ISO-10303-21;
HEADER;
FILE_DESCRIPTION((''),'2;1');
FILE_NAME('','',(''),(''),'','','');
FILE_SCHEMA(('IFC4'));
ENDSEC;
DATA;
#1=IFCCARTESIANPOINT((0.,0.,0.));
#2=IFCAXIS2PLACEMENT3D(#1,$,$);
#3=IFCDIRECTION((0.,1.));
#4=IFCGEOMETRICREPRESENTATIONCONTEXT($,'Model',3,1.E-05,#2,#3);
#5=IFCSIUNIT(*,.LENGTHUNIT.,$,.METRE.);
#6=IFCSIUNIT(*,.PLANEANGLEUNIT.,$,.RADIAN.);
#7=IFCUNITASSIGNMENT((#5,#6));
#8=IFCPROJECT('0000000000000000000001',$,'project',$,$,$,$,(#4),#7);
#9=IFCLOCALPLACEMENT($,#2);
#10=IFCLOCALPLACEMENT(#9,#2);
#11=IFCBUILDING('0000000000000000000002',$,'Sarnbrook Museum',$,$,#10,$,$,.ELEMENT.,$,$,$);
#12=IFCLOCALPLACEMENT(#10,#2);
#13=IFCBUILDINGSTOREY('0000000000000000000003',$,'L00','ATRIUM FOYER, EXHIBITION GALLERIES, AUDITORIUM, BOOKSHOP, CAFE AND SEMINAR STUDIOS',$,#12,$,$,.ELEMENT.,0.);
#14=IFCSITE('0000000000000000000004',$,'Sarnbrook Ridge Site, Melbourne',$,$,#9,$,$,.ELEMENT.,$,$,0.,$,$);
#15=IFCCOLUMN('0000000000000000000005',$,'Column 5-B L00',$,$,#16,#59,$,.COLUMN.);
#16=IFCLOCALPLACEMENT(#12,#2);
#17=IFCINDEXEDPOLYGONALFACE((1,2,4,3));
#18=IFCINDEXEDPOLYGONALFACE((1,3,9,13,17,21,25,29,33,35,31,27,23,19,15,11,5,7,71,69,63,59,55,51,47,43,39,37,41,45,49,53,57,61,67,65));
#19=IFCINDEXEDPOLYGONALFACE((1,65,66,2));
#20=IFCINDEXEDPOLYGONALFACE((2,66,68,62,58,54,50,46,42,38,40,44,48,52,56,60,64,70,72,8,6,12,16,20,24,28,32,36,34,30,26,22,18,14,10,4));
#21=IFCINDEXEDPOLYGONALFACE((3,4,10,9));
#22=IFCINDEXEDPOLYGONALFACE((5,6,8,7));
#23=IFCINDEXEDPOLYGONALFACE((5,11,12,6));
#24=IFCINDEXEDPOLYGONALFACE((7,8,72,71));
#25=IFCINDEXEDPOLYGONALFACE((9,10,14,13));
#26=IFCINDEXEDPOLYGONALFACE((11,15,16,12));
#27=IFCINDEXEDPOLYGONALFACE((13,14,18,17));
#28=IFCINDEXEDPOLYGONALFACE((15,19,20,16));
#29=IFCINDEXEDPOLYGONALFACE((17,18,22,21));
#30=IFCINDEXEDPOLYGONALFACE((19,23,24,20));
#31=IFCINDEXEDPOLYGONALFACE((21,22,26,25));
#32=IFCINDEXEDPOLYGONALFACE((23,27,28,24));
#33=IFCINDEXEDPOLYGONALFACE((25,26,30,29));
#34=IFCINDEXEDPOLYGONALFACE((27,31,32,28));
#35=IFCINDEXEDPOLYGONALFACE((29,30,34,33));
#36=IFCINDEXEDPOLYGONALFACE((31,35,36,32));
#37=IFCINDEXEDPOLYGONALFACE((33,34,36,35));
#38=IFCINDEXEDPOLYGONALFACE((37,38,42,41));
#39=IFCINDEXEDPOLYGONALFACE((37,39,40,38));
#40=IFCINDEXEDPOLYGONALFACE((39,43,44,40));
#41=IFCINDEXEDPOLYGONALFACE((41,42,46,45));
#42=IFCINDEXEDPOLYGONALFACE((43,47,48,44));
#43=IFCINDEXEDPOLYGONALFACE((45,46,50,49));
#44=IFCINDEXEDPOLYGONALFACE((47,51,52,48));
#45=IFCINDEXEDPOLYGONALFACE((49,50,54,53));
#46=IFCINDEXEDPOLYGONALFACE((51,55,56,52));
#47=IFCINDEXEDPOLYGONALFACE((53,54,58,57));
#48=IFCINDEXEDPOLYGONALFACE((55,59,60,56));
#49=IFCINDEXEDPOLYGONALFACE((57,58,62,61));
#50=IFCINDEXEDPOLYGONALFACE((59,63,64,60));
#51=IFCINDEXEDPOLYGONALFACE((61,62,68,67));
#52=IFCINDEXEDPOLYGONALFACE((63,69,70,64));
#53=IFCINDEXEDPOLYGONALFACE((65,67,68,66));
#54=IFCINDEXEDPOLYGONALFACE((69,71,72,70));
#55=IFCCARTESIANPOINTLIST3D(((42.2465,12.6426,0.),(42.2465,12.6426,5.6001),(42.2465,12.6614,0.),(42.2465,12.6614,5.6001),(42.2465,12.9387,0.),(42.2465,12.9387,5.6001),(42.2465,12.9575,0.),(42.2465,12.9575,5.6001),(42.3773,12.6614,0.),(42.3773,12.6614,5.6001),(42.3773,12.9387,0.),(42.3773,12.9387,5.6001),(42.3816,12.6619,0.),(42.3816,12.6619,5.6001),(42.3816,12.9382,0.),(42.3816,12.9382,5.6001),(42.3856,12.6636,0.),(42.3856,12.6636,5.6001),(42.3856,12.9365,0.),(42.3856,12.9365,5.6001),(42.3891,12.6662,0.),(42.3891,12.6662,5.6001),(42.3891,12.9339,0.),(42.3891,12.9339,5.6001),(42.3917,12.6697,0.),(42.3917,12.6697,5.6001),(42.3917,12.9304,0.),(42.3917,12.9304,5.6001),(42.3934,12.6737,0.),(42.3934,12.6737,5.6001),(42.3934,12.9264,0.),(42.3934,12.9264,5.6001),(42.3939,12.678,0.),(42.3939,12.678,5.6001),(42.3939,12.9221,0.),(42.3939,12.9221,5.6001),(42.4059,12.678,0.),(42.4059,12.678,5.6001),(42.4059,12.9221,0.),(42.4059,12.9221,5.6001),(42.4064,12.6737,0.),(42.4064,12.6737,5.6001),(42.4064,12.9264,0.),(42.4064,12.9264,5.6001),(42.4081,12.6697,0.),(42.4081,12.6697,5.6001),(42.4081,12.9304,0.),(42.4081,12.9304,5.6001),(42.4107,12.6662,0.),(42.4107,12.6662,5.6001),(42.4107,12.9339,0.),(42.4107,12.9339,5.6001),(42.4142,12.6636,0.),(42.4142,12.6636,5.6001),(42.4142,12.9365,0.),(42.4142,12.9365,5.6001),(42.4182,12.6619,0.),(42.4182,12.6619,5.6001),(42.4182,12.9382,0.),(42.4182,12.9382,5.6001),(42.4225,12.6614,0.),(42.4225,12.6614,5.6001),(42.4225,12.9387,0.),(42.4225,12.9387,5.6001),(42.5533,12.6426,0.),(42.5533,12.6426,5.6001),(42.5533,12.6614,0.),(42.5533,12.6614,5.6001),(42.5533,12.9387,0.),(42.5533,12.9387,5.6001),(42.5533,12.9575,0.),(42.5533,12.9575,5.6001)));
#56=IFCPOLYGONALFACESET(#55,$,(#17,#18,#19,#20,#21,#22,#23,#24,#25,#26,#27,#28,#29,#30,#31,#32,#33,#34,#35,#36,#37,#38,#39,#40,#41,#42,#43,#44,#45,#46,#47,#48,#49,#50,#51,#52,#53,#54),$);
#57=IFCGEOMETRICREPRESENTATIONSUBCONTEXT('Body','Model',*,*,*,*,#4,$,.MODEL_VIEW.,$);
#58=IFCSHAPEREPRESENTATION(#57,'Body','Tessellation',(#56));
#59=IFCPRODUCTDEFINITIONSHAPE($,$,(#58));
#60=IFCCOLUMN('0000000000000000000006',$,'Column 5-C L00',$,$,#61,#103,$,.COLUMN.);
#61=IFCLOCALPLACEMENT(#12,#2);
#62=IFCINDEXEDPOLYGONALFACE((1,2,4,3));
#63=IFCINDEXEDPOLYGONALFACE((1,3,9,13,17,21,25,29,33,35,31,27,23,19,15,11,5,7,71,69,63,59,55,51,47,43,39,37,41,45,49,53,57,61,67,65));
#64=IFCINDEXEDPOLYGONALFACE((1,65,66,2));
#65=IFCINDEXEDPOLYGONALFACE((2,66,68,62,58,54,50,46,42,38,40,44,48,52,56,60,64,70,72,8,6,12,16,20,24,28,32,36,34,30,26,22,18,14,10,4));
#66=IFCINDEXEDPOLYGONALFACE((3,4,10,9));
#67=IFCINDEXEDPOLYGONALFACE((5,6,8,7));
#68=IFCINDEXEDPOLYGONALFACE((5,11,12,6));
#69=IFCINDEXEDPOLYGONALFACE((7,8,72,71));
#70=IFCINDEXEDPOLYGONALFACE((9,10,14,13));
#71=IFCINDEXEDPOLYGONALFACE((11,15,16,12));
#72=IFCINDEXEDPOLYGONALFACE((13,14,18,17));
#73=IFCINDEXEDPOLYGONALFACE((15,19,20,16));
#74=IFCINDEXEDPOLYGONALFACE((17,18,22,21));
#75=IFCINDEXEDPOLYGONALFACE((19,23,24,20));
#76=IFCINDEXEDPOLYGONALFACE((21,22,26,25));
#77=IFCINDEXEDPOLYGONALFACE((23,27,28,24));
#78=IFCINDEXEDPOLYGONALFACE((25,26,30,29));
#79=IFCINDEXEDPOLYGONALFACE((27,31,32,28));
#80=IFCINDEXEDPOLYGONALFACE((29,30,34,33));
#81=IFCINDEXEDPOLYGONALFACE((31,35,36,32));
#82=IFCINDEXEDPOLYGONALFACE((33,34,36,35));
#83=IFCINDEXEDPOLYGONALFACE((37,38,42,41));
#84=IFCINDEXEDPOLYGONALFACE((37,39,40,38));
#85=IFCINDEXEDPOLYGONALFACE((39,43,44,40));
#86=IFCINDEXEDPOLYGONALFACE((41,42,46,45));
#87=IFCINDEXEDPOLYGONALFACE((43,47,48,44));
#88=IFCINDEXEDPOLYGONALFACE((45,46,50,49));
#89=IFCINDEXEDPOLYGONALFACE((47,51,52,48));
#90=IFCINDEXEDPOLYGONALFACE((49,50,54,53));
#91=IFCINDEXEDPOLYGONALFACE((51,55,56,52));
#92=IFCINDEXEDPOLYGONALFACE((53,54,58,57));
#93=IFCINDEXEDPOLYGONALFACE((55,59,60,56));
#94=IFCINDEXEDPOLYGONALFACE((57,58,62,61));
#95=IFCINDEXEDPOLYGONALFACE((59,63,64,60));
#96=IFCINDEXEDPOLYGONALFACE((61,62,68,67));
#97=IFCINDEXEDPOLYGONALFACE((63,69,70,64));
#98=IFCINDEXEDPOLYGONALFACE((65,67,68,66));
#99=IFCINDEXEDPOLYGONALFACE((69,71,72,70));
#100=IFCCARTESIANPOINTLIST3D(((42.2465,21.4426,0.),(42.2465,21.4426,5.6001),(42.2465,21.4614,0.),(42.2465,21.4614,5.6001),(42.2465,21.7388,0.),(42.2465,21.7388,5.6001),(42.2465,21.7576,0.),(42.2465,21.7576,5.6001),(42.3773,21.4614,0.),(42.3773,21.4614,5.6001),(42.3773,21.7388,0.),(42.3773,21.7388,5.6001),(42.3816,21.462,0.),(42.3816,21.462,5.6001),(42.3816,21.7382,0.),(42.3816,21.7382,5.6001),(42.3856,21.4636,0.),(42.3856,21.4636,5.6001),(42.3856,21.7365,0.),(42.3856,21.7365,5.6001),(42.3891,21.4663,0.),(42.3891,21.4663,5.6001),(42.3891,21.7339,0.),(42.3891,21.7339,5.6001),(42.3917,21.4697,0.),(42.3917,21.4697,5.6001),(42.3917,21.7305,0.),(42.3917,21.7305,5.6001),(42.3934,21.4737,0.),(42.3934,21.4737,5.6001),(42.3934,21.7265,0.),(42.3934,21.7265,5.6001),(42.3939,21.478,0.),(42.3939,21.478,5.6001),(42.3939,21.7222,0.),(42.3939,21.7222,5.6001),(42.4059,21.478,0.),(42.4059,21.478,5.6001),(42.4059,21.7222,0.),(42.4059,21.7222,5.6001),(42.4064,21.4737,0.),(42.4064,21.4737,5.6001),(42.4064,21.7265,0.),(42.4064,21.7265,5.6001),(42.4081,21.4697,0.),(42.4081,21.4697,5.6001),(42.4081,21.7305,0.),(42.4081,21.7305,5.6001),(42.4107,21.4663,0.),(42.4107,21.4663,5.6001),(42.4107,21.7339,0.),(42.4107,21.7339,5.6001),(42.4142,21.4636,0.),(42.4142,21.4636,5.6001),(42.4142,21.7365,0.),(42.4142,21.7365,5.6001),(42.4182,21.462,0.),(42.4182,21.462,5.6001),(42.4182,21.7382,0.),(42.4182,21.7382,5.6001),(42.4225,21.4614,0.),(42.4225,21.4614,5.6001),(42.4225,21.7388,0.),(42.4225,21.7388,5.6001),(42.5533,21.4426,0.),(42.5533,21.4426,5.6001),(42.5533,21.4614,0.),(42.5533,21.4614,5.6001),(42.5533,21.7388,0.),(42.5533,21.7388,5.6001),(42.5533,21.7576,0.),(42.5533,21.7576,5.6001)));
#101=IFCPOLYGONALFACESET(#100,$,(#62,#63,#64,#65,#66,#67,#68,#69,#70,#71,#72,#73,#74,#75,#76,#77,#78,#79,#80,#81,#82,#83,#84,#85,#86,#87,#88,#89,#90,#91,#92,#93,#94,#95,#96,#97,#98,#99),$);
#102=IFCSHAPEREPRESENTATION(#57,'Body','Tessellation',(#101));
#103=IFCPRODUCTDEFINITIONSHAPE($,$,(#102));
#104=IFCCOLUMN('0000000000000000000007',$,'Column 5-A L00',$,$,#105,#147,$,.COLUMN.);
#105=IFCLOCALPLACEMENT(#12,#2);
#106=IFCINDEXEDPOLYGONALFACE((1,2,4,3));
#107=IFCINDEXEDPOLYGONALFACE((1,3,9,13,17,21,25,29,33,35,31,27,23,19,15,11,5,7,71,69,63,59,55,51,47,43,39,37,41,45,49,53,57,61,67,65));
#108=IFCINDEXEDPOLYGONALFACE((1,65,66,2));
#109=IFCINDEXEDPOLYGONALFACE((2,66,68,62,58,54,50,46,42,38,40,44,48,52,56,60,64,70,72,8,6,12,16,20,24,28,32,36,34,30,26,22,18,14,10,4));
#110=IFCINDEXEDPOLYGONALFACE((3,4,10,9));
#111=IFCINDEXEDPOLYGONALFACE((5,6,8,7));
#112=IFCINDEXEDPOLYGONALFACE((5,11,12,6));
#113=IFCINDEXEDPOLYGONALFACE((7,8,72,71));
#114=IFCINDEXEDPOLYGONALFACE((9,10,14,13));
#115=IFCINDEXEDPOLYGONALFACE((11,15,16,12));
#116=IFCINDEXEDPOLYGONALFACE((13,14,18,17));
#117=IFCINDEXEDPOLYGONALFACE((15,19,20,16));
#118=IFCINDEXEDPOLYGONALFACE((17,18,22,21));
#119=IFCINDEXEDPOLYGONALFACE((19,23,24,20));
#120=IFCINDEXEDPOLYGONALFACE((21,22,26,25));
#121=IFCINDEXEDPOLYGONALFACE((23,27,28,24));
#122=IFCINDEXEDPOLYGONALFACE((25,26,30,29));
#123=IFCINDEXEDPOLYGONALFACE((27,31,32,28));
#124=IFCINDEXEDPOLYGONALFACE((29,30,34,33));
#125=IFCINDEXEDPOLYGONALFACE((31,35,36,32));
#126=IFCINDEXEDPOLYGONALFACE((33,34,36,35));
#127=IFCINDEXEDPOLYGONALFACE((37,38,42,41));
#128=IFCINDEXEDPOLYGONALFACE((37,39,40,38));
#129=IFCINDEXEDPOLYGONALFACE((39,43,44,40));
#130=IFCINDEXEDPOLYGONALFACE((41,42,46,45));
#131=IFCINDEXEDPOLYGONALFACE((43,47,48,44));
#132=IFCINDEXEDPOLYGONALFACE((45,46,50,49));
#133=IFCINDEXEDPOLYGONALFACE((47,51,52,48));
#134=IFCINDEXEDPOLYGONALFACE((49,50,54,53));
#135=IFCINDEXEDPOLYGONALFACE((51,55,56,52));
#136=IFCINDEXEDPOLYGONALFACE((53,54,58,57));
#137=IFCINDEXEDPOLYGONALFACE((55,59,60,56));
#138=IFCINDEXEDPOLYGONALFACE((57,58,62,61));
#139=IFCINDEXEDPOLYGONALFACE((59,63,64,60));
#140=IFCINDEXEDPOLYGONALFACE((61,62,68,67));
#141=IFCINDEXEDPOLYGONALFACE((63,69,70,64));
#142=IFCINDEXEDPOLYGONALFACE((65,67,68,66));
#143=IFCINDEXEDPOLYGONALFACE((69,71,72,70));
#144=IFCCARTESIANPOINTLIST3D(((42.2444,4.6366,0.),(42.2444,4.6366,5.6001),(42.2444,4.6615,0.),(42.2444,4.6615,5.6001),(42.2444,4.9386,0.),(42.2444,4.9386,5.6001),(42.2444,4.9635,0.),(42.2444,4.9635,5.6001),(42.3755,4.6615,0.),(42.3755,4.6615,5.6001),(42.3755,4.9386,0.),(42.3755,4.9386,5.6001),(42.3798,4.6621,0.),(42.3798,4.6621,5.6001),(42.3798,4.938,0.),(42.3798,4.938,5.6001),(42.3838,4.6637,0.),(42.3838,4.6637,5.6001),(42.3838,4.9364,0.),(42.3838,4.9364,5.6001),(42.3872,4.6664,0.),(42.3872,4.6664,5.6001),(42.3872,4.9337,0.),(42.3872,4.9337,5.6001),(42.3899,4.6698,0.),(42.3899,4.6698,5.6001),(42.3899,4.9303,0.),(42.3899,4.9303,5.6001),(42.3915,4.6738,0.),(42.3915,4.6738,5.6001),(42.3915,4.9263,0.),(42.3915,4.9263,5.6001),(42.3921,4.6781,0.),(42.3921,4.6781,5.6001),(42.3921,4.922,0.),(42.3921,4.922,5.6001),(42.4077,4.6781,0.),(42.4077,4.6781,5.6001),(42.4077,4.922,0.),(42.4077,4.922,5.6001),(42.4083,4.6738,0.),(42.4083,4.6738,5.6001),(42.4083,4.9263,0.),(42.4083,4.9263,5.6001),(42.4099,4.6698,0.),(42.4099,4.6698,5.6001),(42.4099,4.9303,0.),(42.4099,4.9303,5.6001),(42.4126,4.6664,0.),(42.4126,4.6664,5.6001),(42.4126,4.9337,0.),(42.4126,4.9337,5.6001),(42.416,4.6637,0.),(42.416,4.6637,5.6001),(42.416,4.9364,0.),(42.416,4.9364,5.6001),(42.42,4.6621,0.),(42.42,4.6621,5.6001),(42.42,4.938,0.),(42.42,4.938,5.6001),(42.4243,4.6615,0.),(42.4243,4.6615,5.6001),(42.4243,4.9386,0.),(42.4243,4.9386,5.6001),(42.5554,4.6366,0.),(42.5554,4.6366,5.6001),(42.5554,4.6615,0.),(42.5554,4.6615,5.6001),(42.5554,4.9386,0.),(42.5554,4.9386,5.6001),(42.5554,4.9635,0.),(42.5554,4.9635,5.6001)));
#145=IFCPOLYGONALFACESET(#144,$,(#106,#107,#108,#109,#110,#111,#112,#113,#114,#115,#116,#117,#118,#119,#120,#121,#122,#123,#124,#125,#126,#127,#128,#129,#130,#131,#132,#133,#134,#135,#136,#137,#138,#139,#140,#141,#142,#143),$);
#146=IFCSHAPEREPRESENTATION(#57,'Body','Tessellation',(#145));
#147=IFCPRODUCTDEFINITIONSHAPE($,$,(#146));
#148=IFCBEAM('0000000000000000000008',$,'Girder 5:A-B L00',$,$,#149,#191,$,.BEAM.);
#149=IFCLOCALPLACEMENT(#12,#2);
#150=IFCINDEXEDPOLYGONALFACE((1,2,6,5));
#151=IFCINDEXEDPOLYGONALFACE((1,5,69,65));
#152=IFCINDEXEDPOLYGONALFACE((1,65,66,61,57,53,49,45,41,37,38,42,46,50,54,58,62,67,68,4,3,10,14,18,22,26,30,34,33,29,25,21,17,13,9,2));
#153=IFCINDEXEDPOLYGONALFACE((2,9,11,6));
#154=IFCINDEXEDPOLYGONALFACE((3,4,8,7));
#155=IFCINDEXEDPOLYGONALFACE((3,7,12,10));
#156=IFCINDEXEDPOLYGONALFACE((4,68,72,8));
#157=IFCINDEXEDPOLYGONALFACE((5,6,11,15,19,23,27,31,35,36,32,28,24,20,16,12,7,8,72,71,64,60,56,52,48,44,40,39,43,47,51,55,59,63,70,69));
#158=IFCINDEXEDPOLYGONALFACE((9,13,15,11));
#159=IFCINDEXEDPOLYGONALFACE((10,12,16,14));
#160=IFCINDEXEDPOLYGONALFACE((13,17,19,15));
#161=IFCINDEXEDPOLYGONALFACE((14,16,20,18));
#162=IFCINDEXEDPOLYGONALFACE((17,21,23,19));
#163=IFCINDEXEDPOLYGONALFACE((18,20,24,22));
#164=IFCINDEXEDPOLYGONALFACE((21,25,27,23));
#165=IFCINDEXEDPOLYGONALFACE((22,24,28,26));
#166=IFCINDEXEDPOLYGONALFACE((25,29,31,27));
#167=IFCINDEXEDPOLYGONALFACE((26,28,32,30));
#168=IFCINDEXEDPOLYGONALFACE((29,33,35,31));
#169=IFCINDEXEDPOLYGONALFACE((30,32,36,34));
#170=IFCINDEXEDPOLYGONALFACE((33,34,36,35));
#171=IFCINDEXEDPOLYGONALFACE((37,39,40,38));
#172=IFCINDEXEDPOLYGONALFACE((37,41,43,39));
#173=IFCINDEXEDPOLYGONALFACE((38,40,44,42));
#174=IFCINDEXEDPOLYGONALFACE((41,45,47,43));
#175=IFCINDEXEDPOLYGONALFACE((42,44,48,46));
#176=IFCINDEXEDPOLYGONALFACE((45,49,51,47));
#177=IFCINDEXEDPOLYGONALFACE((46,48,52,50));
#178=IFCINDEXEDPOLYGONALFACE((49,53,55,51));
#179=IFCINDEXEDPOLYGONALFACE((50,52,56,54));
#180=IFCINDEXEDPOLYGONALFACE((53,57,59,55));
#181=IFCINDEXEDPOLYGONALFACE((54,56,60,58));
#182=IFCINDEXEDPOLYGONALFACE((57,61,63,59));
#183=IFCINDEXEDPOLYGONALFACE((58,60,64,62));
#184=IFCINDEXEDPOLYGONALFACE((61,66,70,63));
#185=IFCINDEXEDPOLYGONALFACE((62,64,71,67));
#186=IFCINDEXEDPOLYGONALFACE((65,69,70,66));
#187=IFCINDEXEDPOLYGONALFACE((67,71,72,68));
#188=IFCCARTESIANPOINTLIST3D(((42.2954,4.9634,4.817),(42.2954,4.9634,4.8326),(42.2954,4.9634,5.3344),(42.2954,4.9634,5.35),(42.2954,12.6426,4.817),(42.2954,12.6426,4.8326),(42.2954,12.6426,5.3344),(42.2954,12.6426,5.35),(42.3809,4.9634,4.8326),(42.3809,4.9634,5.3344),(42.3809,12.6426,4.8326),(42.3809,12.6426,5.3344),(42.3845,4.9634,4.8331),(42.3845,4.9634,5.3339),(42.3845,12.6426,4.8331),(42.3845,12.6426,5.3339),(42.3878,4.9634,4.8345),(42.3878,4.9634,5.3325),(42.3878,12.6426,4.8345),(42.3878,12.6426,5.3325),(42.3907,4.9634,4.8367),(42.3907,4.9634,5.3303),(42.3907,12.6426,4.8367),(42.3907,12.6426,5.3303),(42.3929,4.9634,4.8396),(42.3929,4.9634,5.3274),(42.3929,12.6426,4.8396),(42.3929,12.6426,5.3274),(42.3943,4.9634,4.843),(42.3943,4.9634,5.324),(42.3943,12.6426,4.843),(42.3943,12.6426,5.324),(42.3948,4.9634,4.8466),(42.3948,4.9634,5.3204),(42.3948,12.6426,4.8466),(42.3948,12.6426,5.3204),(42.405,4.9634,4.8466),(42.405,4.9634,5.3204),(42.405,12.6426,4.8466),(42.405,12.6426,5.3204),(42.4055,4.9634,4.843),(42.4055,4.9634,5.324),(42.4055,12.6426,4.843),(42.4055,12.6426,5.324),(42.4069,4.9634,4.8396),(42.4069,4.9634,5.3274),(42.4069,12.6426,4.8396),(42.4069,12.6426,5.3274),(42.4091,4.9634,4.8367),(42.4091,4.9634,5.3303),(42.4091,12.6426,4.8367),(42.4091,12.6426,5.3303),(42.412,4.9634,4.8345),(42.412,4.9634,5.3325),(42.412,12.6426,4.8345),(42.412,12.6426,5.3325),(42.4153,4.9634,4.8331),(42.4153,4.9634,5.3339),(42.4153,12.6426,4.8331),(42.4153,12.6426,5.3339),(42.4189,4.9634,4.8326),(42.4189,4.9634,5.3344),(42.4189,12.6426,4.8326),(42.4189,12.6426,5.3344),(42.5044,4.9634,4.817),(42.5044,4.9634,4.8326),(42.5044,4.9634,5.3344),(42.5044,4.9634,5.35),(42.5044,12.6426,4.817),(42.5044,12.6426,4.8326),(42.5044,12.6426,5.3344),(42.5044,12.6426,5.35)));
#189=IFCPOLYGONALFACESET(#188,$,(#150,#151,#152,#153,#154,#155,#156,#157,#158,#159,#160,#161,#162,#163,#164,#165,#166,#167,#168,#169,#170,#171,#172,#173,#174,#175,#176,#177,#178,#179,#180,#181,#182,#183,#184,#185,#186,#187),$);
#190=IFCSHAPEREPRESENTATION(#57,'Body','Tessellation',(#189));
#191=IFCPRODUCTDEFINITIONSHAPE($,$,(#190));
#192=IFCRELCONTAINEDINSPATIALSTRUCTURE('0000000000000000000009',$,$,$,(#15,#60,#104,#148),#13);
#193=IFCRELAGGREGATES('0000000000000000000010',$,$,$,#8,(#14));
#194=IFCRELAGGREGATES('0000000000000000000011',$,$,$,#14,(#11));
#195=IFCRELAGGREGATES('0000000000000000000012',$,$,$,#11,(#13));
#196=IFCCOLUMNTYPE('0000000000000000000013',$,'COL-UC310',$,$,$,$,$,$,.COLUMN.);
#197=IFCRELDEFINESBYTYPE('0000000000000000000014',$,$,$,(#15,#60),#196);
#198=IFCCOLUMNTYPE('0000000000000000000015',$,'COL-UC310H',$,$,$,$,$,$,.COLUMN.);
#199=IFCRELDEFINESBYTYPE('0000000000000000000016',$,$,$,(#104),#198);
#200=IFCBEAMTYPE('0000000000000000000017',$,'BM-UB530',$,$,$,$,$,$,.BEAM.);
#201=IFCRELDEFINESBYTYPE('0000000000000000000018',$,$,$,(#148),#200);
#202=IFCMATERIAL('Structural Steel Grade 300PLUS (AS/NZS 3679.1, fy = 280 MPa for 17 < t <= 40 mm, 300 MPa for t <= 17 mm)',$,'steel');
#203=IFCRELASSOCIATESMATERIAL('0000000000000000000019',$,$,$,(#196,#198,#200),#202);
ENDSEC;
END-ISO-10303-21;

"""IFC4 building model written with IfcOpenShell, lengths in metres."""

from ifc_helpers import new_model, si_unit, direction, frame, origin, origin_2d, place, context, subcontext, project, spatial, i_section, extrude, material, material_profile, profile_set, type_object, element, save


model = new_model("IFC4")

# Units and contexts
model_context = context("Model", 3, precision=1e-05, world=origin(), true_north=direction((0.0, 1.0)))
body_context = subcontext(model_context, "Body", "Model", "MODEL_VIEW")
ifc_project = project(units=[si_unit("LENGTHUNIT", "METRE"), si_unit("PLANEANGLEUNIT", "RADIAN")], contexts=[model_context])

# Site, building, storey
site_placement = place(None, origin())
site = spatial("IfcSite", under=ifc_project, at=site_placement, Name="Sarnbrook Ridge Site, Melbourne", CompositionType="ELEMENT", RefElevation=0.0)
building_placement = place(site_placement, origin())
building = spatial("IfcBuilding", under=site, at=building_placement, Name="Sarnbrook Museum", CompositionType="ELEMENT")
storey_placement = place(building_placement, origin())
storey = spatial("IfcBuildingStorey", under=building, at=storey_placement, Name="L00", Description="ATRIUM FOYER, EXHIBITION GALLERIES, AUDITORIUM, BOOKSHOP, CAFE AND SEMINAR STUDIOS", CompositionType="ELEMENT", Elevation=0.0)

# Columns
ifc_material_1 = material(Name="Structural Steel Grade 300PLUS (AS/NZS 3679.1, fy = 280 MPa for 17 < t <= 40 mm, 300 MPa for t <= 17 mm)", Category="steel")
ifc_material_profile_1 = material_profile(ifc_material_1, i_section(OverallWidth=0.3069, OverallDepth=0.3149, WebThickness=0.012, FlangeThickness=0.0188, FilletRadius=0.0166, at=origin_2d()), Name="310UC118")
ifc_profile_set_1 = profile_set([ifc_material_profile_1], Name="Structural Steel Grade 300PLUS (AS/NZS 3679.1, fy = 280 MPa for 17 < t <= 40 mm, 300 MPa for t <= 17 mm)")
column_type_1 = type_object("IfcColumnType", Name="COL-UC310", PredefinedType="COLUMN", material=ifc_profile_set_1)
for number, where, z_axis, x_axis, name in (
    (1, (42.3999, 12.8, 0.0), (0.0, 0.0, 1.0), (1.0, 0.0, 0.0), "Column 5-B L00"),
    (2, (42.3999, 21.6001, 0.0), (0.0, 0.0, 1.0), (1.0, 0.0, 0.0), "Column 5-C L00"),
):
    element("IfcColumn", number, at=place(storey_placement, frame(where, z_axis=z_axis, x_axis=x_axis)), inside=storey, type_object=column_type_1, Name=name, PredefinedType="COLUMN", context=body_context, shape_type="SweptSolid", body=[
        extrude(i_section(OverallWidth=0.3069, OverallDepth=0.3149, WebThickness=0.012, FlangeThickness=0.0188, FilletRadius=0.0166, at=origin_2d()), origin(), (0.0, 0.0, 1.0), 5.6001),
    ])
ifc_material_profile_2 = material_profile(ifc_material_1, i_section(OverallWidth=0.311, OverallDepth=0.3269, WebThickness=0.0156, FlangeThickness=0.0249, FilletRadius=0.0166, at=origin_2d()), Name="310UC158")
ifc_profile_set_2 = profile_set([ifc_material_profile_2], Name="Structural Steel Grade 300PLUS (AS/NZS 3679.1, fy = 280 MPa for 17 < t <= 40 mm, 300 MPa for t <= 17 mm)")
column_type_2 = type_object("IfcColumnType", Name="COL-UC310H", PredefinedType="COLUMN", material=ifc_profile_set_2)
column_placement = place(storey_placement, frame((42.3999, 4.8, 0.0), z_axis=(0.0, 0.0, 1.0), x_axis=(1.0, 0.0, 0.0)))
element("IfcColumn", 3, at=column_placement, inside=storey, type_object=column_type_2, Name="Column 5-A L00", PredefinedType="COLUMN", context=body_context, shape_type="SweptSolid", body=[
    extrude(i_section(OverallWidth=0.311, OverallDepth=0.3269, WebThickness=0.0156, FlangeThickness=0.0249, FilletRadius=0.0166, at=origin_2d()), origin(), (0.0, 0.0, 1.0), 5.6001),
])

# Beam
ifc_material_profile_3 = material_profile(ifc_material_1, i_section(OverallWidth=0.209, OverallDepth=0.533, WebThickness=0.0103, FlangeThickness=0.0156, FilletRadius=0.0139, at=origin_2d()), Name="530UB92.4")
ifc_profile_set_3 = profile_set([ifc_material_profile_3], Name="Structural Steel Grade 300PLUS (AS/NZS 3679.1, fy = 280 MPa for 17 < t <= 40 mm, 300 MPa for t <= 17 mm)")
beam_type_1 = type_object("IfcBeamType", Name="BM-UB530", PredefinedType="BEAM", material=ifc_profile_set_3)
beam_1_placement = place(storey_placement, frame((42.3999, 4.9634, 5.0835), z_axis=(0.0, 1.0, 0.0), x_axis=(-1.0, 0.0, 0.0)))
element("IfcBeam", 4, at=beam_1_placement, inside=storey, type_object=beam_type_1, Name="Girder 5:A-B L00", PredefinedType="BEAM", context=body_context, shape_type="SweptSolid", body=[
    extrude(i_section(OverallWidth=0.209, OverallDepth=0.533, WebThickness=0.0103, FlangeThickness=0.0156, FilletRadius=0.0139, at=origin_2d()), origin(), (0.0, 0.0, 1.0), 7.6792),
])

save(model, "model.ifc")
